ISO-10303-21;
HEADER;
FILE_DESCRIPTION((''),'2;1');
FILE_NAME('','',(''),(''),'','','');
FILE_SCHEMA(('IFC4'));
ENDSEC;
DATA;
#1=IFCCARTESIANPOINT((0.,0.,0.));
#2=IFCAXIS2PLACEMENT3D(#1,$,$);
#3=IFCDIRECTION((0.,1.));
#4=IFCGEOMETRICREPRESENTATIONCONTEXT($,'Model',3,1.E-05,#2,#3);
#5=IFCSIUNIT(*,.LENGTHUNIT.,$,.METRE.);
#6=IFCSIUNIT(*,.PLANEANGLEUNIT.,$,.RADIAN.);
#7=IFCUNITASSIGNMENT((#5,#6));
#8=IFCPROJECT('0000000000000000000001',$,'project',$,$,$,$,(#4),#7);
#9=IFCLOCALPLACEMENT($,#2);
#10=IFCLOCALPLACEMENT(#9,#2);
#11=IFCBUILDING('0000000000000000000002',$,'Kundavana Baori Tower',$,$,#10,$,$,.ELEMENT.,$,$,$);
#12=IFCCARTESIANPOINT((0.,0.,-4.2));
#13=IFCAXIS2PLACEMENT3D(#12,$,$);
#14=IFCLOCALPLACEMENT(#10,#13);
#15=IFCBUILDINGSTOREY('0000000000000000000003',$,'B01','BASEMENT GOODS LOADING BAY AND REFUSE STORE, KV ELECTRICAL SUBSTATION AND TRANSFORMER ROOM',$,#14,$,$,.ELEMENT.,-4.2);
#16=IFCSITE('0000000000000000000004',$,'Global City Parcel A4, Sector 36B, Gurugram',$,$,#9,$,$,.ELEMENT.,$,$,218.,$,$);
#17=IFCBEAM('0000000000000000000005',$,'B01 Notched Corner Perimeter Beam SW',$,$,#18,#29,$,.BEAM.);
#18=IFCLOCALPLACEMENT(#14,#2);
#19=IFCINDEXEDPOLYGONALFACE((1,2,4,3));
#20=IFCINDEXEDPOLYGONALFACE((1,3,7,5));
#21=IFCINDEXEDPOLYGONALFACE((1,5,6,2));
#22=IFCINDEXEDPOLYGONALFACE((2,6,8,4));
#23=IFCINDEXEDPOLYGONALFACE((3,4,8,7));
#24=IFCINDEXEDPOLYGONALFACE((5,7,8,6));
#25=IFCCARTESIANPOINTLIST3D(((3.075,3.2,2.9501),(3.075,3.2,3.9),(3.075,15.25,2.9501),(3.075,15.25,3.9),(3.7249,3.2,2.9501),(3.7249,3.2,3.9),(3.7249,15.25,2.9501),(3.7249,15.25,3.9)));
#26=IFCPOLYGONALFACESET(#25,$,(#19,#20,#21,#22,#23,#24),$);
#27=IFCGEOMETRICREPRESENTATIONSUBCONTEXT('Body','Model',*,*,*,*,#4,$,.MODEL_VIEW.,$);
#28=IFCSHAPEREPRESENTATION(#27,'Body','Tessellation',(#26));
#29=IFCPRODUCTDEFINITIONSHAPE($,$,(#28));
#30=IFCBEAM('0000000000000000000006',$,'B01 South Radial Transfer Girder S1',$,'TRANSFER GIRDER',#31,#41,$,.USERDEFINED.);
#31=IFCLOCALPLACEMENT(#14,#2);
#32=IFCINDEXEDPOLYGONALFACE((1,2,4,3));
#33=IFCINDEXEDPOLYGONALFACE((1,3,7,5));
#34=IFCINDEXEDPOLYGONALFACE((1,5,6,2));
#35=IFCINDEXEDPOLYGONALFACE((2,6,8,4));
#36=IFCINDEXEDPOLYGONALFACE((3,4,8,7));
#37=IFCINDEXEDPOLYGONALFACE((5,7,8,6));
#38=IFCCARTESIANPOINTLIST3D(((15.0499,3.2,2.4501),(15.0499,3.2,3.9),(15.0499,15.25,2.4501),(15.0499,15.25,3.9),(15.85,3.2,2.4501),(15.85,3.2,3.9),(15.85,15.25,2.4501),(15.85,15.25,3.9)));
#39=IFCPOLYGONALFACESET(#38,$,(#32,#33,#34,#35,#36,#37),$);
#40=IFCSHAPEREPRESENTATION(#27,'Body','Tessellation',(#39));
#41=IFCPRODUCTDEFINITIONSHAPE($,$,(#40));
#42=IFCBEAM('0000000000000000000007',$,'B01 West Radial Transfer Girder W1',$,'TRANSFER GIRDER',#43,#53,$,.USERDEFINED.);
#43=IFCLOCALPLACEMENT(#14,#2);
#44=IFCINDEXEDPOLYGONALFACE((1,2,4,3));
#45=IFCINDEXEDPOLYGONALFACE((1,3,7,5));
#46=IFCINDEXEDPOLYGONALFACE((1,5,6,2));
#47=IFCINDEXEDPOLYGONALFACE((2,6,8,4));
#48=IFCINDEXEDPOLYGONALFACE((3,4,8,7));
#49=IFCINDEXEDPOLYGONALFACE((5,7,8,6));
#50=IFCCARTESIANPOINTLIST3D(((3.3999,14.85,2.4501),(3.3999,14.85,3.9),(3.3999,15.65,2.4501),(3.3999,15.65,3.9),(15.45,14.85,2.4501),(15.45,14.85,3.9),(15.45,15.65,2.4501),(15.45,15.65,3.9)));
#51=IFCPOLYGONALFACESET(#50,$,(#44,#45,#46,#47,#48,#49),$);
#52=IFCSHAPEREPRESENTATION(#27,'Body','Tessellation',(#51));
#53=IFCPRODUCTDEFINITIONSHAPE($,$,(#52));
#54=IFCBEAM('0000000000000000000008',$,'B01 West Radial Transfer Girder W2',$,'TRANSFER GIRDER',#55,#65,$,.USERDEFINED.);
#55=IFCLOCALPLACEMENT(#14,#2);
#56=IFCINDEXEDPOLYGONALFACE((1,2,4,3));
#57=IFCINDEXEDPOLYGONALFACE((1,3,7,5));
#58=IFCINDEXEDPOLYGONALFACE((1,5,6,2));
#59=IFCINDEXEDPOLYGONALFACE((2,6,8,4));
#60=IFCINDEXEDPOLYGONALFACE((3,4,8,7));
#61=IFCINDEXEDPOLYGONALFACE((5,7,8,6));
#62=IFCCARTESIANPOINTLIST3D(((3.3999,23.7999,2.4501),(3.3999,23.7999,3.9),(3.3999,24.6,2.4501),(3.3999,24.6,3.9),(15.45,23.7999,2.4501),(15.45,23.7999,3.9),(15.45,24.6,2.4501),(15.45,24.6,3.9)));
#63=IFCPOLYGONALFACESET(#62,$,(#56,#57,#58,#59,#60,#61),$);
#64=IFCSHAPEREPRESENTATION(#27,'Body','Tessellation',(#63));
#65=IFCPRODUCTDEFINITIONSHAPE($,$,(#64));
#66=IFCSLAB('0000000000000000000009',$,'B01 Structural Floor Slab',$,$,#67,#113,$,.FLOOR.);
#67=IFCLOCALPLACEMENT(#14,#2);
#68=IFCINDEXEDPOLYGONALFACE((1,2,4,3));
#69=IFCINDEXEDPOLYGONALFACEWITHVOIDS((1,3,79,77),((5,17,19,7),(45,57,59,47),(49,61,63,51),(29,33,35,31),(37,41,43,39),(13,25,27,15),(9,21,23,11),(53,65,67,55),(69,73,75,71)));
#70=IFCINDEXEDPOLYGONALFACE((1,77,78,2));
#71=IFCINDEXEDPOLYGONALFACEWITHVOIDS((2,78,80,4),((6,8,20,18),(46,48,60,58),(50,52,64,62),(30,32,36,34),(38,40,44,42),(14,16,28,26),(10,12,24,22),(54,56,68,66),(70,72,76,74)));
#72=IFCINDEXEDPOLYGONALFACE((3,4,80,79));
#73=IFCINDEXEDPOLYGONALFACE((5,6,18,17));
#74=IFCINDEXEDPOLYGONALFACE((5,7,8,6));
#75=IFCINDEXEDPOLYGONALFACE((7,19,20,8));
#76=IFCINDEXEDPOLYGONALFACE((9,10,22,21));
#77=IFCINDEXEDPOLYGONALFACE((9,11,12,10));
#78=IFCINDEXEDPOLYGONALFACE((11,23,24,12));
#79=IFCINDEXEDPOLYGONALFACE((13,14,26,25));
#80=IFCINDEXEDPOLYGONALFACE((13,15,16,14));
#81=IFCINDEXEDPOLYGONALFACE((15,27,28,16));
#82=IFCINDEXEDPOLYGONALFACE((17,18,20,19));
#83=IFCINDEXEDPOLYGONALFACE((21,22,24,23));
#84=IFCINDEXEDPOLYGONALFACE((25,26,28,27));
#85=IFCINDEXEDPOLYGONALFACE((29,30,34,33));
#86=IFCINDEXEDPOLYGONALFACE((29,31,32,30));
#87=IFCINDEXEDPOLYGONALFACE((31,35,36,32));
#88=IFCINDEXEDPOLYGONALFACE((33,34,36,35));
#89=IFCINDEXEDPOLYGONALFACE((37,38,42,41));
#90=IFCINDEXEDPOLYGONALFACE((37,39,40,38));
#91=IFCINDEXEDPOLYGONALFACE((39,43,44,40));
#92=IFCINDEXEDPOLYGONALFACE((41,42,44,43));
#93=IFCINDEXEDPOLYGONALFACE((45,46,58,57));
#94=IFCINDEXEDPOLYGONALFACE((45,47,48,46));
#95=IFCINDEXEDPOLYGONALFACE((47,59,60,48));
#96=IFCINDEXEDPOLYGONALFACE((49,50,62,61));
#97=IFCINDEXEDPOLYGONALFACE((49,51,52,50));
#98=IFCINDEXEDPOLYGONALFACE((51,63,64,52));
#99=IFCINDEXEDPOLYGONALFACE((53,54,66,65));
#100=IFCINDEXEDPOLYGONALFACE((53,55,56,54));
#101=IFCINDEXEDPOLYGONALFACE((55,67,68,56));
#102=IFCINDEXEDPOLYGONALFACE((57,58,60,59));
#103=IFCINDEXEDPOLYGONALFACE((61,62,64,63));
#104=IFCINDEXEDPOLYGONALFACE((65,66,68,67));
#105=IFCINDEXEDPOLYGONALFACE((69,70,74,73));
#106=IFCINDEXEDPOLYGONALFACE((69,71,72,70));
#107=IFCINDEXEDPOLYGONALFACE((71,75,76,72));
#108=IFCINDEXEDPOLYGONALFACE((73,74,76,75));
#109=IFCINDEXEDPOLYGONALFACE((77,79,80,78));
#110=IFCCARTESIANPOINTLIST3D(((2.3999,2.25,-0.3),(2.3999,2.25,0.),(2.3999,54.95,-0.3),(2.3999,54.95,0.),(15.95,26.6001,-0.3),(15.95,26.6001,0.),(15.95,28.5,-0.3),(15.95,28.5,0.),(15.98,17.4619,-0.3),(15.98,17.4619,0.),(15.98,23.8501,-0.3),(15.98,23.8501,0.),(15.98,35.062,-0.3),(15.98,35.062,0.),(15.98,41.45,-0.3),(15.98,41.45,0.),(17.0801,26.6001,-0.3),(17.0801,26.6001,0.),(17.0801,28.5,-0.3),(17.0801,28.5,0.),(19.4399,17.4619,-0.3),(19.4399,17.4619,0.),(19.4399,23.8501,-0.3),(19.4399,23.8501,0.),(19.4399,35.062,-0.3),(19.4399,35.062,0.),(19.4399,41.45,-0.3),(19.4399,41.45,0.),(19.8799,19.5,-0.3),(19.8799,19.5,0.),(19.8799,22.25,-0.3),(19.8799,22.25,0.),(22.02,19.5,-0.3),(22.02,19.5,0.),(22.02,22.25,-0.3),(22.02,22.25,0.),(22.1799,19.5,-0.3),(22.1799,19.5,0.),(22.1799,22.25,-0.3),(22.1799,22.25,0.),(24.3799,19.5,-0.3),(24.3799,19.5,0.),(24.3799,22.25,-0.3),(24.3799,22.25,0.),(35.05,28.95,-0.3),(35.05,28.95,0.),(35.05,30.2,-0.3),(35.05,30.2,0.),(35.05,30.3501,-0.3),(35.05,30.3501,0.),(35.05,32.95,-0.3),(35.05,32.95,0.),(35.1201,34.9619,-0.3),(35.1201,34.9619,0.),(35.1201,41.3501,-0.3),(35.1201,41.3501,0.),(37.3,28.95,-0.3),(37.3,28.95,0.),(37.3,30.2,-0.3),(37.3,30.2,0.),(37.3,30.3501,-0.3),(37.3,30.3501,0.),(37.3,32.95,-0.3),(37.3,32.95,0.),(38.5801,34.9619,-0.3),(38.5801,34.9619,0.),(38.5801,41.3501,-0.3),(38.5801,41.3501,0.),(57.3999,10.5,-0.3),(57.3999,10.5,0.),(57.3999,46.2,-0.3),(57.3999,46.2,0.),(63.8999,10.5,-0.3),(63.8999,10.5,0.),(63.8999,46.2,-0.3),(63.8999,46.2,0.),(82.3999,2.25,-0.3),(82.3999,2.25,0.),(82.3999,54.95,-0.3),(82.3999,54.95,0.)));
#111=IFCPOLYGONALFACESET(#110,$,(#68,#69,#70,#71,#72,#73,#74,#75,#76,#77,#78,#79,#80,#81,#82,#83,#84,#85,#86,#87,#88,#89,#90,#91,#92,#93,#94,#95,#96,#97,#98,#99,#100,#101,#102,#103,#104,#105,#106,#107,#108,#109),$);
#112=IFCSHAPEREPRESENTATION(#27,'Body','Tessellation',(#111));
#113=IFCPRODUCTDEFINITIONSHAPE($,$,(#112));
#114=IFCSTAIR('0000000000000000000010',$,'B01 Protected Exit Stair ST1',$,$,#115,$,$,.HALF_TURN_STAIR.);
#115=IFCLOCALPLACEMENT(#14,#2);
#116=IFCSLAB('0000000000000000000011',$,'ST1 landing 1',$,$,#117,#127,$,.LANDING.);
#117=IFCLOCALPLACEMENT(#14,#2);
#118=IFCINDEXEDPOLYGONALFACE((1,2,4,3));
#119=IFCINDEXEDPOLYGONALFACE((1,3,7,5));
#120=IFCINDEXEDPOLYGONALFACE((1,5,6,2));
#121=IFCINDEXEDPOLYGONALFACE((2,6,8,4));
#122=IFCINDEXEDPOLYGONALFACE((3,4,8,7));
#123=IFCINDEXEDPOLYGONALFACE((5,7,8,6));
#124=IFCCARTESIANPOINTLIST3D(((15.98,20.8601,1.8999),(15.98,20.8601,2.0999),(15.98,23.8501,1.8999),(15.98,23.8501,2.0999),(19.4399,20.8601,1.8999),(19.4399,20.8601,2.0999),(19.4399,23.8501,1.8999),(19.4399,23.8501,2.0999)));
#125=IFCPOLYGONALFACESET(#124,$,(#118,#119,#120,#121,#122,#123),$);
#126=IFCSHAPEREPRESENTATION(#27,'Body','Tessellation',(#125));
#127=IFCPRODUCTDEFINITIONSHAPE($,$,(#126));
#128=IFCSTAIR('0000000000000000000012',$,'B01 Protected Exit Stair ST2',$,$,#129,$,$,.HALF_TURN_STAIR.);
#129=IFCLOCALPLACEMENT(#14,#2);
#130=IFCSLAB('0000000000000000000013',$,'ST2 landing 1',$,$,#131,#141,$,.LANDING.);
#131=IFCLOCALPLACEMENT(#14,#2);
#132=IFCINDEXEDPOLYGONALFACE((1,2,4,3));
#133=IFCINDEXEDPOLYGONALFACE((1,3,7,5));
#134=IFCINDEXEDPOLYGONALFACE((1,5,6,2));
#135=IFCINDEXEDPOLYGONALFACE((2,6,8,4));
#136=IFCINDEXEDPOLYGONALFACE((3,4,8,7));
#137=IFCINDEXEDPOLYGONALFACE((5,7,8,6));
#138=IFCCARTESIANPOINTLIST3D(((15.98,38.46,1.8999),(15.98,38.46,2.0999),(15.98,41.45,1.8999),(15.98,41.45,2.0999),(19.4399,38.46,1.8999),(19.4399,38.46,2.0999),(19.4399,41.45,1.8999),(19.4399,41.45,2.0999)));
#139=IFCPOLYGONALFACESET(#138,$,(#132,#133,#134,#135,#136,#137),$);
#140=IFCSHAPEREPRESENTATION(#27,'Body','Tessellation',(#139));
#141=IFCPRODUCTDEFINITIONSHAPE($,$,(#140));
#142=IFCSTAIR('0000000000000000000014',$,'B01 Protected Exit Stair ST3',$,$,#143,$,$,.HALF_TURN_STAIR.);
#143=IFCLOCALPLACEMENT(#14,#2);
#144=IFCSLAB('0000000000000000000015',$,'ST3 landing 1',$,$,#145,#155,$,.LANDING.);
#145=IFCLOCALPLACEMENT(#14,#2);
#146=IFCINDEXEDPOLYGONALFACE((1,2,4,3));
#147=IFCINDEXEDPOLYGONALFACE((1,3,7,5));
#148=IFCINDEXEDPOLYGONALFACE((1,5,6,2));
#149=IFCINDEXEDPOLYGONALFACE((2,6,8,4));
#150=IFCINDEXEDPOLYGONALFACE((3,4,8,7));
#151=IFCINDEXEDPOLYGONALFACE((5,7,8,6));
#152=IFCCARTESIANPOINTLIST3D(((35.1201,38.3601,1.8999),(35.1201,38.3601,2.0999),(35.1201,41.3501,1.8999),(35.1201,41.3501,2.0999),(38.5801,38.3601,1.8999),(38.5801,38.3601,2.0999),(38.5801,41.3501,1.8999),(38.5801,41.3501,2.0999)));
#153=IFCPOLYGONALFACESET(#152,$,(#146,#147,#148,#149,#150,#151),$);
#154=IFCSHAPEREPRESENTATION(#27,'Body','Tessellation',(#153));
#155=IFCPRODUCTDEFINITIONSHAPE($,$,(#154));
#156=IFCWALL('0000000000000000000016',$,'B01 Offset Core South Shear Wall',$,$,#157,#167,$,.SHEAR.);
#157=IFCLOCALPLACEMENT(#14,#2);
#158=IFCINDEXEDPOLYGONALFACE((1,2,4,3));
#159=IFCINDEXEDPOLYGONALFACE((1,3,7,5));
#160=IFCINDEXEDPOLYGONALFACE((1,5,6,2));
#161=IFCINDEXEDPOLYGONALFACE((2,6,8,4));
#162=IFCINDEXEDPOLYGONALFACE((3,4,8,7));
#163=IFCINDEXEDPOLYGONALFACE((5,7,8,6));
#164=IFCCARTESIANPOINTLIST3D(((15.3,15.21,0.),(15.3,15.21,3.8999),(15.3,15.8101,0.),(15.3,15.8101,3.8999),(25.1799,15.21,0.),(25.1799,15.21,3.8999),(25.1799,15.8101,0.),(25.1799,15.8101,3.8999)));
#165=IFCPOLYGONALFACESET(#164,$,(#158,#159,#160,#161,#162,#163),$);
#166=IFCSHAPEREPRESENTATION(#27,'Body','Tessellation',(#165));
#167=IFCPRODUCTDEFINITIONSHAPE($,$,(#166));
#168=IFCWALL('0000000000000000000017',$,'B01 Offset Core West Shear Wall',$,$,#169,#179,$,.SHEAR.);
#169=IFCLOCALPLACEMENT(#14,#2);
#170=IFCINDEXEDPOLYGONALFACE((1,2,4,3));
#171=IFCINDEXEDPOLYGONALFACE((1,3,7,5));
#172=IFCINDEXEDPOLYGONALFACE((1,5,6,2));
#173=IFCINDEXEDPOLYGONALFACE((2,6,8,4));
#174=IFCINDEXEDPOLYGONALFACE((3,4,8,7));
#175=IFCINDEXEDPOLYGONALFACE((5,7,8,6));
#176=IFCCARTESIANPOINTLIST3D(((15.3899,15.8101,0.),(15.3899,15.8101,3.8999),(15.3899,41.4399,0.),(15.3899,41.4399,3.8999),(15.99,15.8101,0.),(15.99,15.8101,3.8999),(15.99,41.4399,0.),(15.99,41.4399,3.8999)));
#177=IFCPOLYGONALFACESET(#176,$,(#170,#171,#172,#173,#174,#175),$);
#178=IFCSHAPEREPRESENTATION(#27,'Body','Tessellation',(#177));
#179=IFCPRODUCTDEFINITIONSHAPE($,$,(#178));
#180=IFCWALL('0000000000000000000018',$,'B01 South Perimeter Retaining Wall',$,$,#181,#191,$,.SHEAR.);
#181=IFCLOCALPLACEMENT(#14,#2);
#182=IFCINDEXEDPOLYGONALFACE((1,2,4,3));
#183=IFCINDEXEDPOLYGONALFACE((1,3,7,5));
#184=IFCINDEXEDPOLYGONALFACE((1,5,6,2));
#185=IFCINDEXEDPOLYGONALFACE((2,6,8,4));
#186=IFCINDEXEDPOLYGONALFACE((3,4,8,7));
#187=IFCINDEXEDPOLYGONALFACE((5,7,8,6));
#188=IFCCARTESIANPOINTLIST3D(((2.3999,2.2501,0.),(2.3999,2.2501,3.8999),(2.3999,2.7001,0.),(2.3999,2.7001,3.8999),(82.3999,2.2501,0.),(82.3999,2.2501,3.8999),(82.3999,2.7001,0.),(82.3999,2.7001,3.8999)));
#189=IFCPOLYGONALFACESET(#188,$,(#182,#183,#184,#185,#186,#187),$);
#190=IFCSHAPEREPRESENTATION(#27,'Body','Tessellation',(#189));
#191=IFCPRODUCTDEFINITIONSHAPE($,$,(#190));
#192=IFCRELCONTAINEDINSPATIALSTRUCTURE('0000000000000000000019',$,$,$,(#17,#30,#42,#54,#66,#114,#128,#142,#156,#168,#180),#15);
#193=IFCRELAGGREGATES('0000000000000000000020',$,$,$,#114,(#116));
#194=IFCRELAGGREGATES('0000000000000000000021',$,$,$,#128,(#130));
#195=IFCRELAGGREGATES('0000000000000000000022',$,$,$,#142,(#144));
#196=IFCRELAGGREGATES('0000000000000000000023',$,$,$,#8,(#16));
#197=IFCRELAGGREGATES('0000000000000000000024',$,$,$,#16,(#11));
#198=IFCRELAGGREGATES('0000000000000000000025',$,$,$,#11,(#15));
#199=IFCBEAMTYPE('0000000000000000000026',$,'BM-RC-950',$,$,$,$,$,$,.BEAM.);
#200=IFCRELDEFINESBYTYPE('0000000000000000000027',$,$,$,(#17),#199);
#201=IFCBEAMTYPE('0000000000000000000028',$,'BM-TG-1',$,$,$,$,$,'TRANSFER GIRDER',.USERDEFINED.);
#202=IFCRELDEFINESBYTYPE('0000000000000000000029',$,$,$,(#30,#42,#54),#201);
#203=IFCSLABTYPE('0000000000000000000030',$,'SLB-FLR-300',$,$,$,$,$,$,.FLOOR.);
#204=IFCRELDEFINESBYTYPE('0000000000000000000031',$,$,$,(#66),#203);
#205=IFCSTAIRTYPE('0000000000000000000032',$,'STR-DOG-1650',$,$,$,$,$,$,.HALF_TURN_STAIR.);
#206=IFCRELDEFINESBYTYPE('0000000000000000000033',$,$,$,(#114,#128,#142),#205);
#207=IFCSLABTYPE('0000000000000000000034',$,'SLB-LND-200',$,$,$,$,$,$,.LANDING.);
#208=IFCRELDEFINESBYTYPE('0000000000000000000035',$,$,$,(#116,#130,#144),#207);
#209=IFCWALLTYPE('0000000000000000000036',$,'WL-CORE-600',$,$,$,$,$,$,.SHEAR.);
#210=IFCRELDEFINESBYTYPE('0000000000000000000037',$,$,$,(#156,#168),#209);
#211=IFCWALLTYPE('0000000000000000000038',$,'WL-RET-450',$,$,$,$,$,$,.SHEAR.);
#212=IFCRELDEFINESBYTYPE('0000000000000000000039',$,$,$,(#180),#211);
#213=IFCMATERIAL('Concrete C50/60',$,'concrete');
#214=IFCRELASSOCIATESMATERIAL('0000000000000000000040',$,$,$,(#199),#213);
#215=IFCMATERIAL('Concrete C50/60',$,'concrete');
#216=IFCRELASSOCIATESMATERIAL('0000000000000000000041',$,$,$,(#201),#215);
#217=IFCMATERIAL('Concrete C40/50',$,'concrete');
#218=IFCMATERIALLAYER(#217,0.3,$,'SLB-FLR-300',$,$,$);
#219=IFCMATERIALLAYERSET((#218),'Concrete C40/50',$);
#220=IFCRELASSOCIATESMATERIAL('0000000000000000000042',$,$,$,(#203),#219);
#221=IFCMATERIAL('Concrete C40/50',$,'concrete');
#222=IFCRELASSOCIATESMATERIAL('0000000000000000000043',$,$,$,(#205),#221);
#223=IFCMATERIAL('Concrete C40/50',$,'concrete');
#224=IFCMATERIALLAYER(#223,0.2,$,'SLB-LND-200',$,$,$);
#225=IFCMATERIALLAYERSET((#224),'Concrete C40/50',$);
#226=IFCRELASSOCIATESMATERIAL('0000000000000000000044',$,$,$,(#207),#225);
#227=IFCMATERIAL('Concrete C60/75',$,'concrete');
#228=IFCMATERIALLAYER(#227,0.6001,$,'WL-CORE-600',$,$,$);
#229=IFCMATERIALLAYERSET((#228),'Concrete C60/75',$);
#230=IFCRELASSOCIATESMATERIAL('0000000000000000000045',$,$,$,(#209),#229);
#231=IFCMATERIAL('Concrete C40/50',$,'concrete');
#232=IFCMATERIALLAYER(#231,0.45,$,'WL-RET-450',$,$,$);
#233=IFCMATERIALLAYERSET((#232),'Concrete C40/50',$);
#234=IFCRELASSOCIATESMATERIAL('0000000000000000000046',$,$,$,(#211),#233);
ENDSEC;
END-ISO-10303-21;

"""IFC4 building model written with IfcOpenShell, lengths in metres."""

from ifc_helpers import new_model, si_unit, direction, frame, frame_2d, origin, origin_2d, place, context, subcontext, project, spatial, polyline, rectangle, outline, extrude, material, layer, layer_set, material_profile, profile_set, type_object, element, aggregate, save


model = new_model("IFC4")

# Units and contexts
model_context = context("Model", 3, precision=1e-05, world=origin(), true_north=direction((0.0, 1.0)))
body_context = subcontext(model_context, "Body", "Model", "MODEL_VIEW")
ifc_project = project(units=[si_unit("LENGTHUNIT", "METRE"), si_unit("PLANEANGLEUNIT", "RADIAN")], contexts=[model_context])

# Site, building, storey
site_placement = place(None, origin())
site = spatial("IfcSite", under=ifc_project, at=site_placement, Name="Global City Parcel A4, Sector 36B, Gurugram", CompositionType="ELEMENT", RefElevation=218.0)
building_placement = place(site_placement, origin())
building = spatial("IfcBuilding", under=site, at=building_placement, Name="Kundavana Baori Tower", CompositionType="ELEMENT")
storey_placement = place(building_placement, frame((0.0, 0.0, -4.2)))
storey = spatial("IfcBuildingStorey", under=building, at=storey_placement, Name="B01", Description="BASEMENT GOODS LOADING BAY AND REFUSE STORE, KV ELECTRICAL SUBSTATION AND TRANSFORMER ROOM", CompositionType="ELEMENT", Elevation=-4.2)

# Beams
ifc_material_1 = material(Name="Concrete C50/60", Category="concrete")
ifc_material_profile_1 = material_profile(ifc_material_1, rectangle(XDim=0.6499, YDim=0.95, at=origin_2d()), Name="RC BM 650x950")
ifc_profile_set_1 = profile_set([ifc_material_profile_1], Name="Concrete C50/60")
beam_type_1 = type_object("IfcBeamType", Name="BM-RC-950", PredefinedType="BEAM", material=ifc_profile_set_1)
beam_1_placement = place(storey_placement, frame((3.3999, 3.2, 3.425), z_axis=(0.0, 1.0, 0.0), x_axis=(-1.0, 0.0, 0.0)))
element("IfcBeam", 1, at=beam_1_placement, inside=storey, type_object=beam_type_1, Name="B01 Notched Corner Perimeter Beam SW", PredefinedType="BEAM", context=body_context, shape_type="SweptSolid", body=[
    extrude(rectangle(XDim=0.6499, YDim=0.95, at=origin_2d()), origin(), (0.0, 0.0, 1.0), 12.05),
])
ifc_material_2 = material(Name="Concrete C50/60", Category="concrete")
ifc_material_profile_2 = material_profile(ifc_material_2, rectangle(XDim=0.8, YDim=1.45, at=origin_2d()), Name="BM-TG-1")
ifc_profile_set_2 = profile_set([ifc_material_profile_2], Name="Concrete C50/60")
beam_type_2 = type_object("IfcBeamType", Name="BM-TG-1", ElementType="TRANSFER GIRDER", PredefinedType="USERDEFINED", material=ifc_profile_set_2)
for number, where, z_axis, x_axis, name in (
    (2, (15.45, 15.25, 3.175), (0.0, -1.0, 0.0), (1.0, 0.0, 0.0), "B01 South Radial Transfer Girder S1"),
    (3, (15.45, 15.25, 3.175), (-1.0, 0.0, 0.0), (0.0, -1.0, 0.0), "B01 West Radial Transfer Girder W1"),
    (4, (15.45, 24.2, 3.175), (-1.0, 0.0, 0.0), (0.0, -1.0, 0.0), "B01 West Radial Transfer Girder W2"),
):
    element("IfcBeam", number, at=place(storey_placement, frame(where, z_axis=z_axis, x_axis=x_axis)), inside=storey, type_object=beam_type_2, Name=name, ObjectType="TRANSFER GIRDER", PredefinedType="USERDEFINED", context=body_context, shape_type="SweptSolid", body=[
        extrude(rectangle(XDim=0.8, YDim=1.45, at=origin_2d()), origin(), (0.0, 0.0, 1.0), 12.05),
    ])

# Slab
ifc_material_3 = material(Name="Concrete C40/50", Category="concrete")
ifc_layer_1 = layer(ifc_material_3, 0.3, Name="SLB-FLR-300")
ifc_layer_set_1 = layer_set([ifc_layer_1], Name="Concrete C40/50")
slab_type_1 = type_object("IfcSlabType", Name="SLB-FLR-300", PredefinedType="FLOOR", material=ifc_layer_set_1)
slab_1_placement = place(storey_placement, frame((0.0, 0.0, -0.3)))
element("IfcSlab", 5, at=slab_1_placement, inside=storey, type_object=slab_type_1, Name="B01 Structural Floor Slab", PredefinedType="FLOOR", context=body_context, shape_type="SweptSolid", body=[
    extrude(outline(polyline([(2.3999, 2.25), (82.3999, 2.25), (82.3999, 54.95), (2.3999, 54.95), (2.3999, 2.25)]), holes=[polyline([(19.4399, 17.4619), (19.4399, 23.8501), (15.98, 23.8501), (15.98, 17.4619), (19.4399, 17.4619)]), polyline([(19.4399, 35.062), (19.4399, 41.45), (15.98, 41.45), (15.98, 35.062), (19.4399, 35.062)]), polyline([(38.5801, 34.9619), (38.5801, 41.3501), (35.1201, 41.3501), (35.1201, 34.9619), (38.5801, 34.9619)]), polyline([(19.8799, 19.5), (22.02, 19.5), (22.02, 22.25), (19.8799, 22.25), (19.8799, 19.5)]), polyline([(22.1799, 19.5), (24.3799, 19.5), (24.3799, 22.25), (22.1799, 22.25), (22.1799, 19.5)]), polyline([(35.05, 30.3501), (37.3, 30.3501), (37.3, 32.95), (35.05, 32.95), (35.05, 30.3501)]), polyline([(15.95, 26.6001), (17.0801, 26.6001), (17.0801, 28.5), (15.95, 28.5), (15.95, 26.6001)]), polyline([(35.05, 28.95), (37.3, 28.95), (37.3, 30.2), (35.05, 30.2), (35.05, 28.95)]), polyline([(57.3999, 10.5), (63.8999, 10.5), (63.8999, 46.2), (57.3999, 46.2), (57.3999, 10.5)])]), origin(), (0.0, 0.0, 1.0), 0.3),
])

# Stairs, slabs
ifc_material_4 = material(Name="Concrete C40/50", Category="concrete")
stair_type = type_object("IfcStairType", Name="STR-DOG-1650", PredefinedType="HALF_TURN_STAIR", material=ifc_material_4)
stair_1_placement = place(storey_placement, origin())
stair_1 = element("IfcStair", 6, at=stair_1_placement, inside=storey, type_object=stair_type, Name="B01 Protected Exit Stair ST1", PredefinedType="HALF_TURN_STAIR")
ifc_material_5 = material(Name="Concrete C40/50", Category="concrete")
ifc_layer_2 = layer(ifc_material_5, 0.2, Name="SLB-LND-200")
ifc_layer_set_2 = layer_set([ifc_layer_2], Name="Concrete C40/50")
slab_type_2 = type_object("IfcSlabType", Name="SLB-LND-200", PredefinedType="LANDING", material=ifc_layer_set_2)
slab_2_placement = place(storey_placement, frame((0.0, 0.0, 1.8999)))
slab_2 = element("IfcSlab", 7, at=slab_2_placement, type_object=slab_type_2, Name="ST1 landing 1", PredefinedType="LANDING", context=body_context, shape_type="SweptSolid", body=[
    extrude(outline(polyline([(19.4399, 20.8601), (19.4399, 23.8501), (15.98, 23.8501), (15.98, 20.8601), (19.4399, 20.8601)])), origin(), (0.0, 0.0, 1.0), 0.2),
])
aggregate(stair_1, [slab_2])
stair_2_placement = place(storey_placement, origin())
stair_2 = element("IfcStair", 8, at=stair_2_placement, inside=storey, type_object=stair_type, Name="B01 Protected Exit Stair ST2", PredefinedType="HALF_TURN_STAIR")
slab_3_placement = place(storey_placement, frame((0.0, 0.0, 1.8999)))
slab_3 = element("IfcSlab", 9, at=slab_3_placement, type_object=slab_type_2, Name="ST2 landing 1", PredefinedType="LANDING", context=body_context, shape_type="SweptSolid", body=[
    extrude(outline(polyline([(19.4399, 38.46), (19.4399, 41.45), (15.98, 41.45), (15.98, 38.46), (19.4399, 38.46)])), origin(), (0.0, 0.0, 1.0), 0.2),
])
aggregate(stair_2, [slab_3])
stair_3_placement = place(storey_placement, origin())
stair_3 = element("IfcStair", 10, at=stair_3_placement, inside=storey, type_object=stair_type, Name="B01 Protected Exit Stair ST3", PredefinedType="HALF_TURN_STAIR")
slab_4_placement = place(storey_placement, frame((0.0, 0.0, 1.8999)))
slab_4 = element("IfcSlab", 11, at=slab_4_placement, type_object=slab_type_2, Name="ST3 landing 1", PredefinedType="LANDING", context=body_context, shape_type="SweptSolid", body=[
    extrude(outline(polyline([(38.5801, 38.3601), (38.5801, 41.3501), (35.1201, 41.3501), (35.1201, 38.3601), (38.5801, 38.3601)])), origin(), (0.0, 0.0, 1.0), 0.2),
])
aggregate(stair_3, [slab_4])

# Walls
ifc_material_6 = material(Name="Concrete C60/75", Category="concrete")
ifc_layer_3 = layer(ifc_material_6, 0.6001, Name="WL-CORE-600")
ifc_layer_set_3 = layer_set([ifc_layer_3], Name="Concrete C60/75")
wall_type_1 = type_object("IfcWallType", Name="WL-CORE-600", PredefinedType="SHEAR", material=ifc_layer_set_3)
wall_1_placement = place(storey_placement, frame((15.3, 15.51, 0.0), z_axis=(0.0, 0.0, 1.0), x_axis=(1.0, 0.0, 0.0)))
element("IfcWall", 12, at=wall_1_placement, inside=storey, type_object=wall_type_1, Name="B01 Offset Core South Shear Wall", PredefinedType="SHEAR", context=body_context, shape_type="SweptSolid", body=[
    extrude(rectangle(XDim=9.8799, YDim=0.6001, at=frame_2d((4.9399, 0.0))), origin(), (0.0, 0.0, 1.0), 3.8999),
])
wall_2_placement = place(storey_placement, frame((15.6899, 15.8101, 0.0), z_axis=(0.0, 0.0, 1.0), x_axis=(0.0, 1.0, 0.0)))
element("IfcWall", 13, at=wall_2_placement, inside=storey, type_object=wall_type_1, Name="B01 Offset Core West Shear Wall", PredefinedType="SHEAR", context=body_context, shape_type="SweptSolid", body=[
    extrude(rectangle(XDim=25.6299, YDim=0.6001, at=frame_2d((12.8149, 0.0))), origin(), (0.0, 0.0, 1.0), 3.8999),
])
ifc_material_7 = material(Name="Concrete C40/50", Category="concrete")
ifc_layer_4 = layer(ifc_material_7, 0.45, Name="WL-RET-450")
ifc_layer_set_4 = layer_set([ifc_layer_4], Name="Concrete C40/50")
wall_type_2 = type_object("IfcWallType", Name="WL-RET-450", PredefinedType="SHEAR", material=ifc_layer_set_4)
wall_3_placement = place(storey_placement, frame((2.3999, 2.4751, 0.0), z_axis=(0.0, 0.0, 1.0), x_axis=(1.0, 0.0, 0.0)))
element("IfcWall", 14, at=wall_3_placement, inside=storey, type_object=wall_type_2, Name="B01 South Perimeter Retaining Wall", PredefinedType="SHEAR", context=body_context, shape_type="SweptSolid", body=[
    extrude(rectangle(XDim=80.0, YDim=0.45, at=frame_2d((40.0, 0.0))), origin(), (0.0, 0.0, 1.0), 3.8999),
])

save(model, "model.ifc")
